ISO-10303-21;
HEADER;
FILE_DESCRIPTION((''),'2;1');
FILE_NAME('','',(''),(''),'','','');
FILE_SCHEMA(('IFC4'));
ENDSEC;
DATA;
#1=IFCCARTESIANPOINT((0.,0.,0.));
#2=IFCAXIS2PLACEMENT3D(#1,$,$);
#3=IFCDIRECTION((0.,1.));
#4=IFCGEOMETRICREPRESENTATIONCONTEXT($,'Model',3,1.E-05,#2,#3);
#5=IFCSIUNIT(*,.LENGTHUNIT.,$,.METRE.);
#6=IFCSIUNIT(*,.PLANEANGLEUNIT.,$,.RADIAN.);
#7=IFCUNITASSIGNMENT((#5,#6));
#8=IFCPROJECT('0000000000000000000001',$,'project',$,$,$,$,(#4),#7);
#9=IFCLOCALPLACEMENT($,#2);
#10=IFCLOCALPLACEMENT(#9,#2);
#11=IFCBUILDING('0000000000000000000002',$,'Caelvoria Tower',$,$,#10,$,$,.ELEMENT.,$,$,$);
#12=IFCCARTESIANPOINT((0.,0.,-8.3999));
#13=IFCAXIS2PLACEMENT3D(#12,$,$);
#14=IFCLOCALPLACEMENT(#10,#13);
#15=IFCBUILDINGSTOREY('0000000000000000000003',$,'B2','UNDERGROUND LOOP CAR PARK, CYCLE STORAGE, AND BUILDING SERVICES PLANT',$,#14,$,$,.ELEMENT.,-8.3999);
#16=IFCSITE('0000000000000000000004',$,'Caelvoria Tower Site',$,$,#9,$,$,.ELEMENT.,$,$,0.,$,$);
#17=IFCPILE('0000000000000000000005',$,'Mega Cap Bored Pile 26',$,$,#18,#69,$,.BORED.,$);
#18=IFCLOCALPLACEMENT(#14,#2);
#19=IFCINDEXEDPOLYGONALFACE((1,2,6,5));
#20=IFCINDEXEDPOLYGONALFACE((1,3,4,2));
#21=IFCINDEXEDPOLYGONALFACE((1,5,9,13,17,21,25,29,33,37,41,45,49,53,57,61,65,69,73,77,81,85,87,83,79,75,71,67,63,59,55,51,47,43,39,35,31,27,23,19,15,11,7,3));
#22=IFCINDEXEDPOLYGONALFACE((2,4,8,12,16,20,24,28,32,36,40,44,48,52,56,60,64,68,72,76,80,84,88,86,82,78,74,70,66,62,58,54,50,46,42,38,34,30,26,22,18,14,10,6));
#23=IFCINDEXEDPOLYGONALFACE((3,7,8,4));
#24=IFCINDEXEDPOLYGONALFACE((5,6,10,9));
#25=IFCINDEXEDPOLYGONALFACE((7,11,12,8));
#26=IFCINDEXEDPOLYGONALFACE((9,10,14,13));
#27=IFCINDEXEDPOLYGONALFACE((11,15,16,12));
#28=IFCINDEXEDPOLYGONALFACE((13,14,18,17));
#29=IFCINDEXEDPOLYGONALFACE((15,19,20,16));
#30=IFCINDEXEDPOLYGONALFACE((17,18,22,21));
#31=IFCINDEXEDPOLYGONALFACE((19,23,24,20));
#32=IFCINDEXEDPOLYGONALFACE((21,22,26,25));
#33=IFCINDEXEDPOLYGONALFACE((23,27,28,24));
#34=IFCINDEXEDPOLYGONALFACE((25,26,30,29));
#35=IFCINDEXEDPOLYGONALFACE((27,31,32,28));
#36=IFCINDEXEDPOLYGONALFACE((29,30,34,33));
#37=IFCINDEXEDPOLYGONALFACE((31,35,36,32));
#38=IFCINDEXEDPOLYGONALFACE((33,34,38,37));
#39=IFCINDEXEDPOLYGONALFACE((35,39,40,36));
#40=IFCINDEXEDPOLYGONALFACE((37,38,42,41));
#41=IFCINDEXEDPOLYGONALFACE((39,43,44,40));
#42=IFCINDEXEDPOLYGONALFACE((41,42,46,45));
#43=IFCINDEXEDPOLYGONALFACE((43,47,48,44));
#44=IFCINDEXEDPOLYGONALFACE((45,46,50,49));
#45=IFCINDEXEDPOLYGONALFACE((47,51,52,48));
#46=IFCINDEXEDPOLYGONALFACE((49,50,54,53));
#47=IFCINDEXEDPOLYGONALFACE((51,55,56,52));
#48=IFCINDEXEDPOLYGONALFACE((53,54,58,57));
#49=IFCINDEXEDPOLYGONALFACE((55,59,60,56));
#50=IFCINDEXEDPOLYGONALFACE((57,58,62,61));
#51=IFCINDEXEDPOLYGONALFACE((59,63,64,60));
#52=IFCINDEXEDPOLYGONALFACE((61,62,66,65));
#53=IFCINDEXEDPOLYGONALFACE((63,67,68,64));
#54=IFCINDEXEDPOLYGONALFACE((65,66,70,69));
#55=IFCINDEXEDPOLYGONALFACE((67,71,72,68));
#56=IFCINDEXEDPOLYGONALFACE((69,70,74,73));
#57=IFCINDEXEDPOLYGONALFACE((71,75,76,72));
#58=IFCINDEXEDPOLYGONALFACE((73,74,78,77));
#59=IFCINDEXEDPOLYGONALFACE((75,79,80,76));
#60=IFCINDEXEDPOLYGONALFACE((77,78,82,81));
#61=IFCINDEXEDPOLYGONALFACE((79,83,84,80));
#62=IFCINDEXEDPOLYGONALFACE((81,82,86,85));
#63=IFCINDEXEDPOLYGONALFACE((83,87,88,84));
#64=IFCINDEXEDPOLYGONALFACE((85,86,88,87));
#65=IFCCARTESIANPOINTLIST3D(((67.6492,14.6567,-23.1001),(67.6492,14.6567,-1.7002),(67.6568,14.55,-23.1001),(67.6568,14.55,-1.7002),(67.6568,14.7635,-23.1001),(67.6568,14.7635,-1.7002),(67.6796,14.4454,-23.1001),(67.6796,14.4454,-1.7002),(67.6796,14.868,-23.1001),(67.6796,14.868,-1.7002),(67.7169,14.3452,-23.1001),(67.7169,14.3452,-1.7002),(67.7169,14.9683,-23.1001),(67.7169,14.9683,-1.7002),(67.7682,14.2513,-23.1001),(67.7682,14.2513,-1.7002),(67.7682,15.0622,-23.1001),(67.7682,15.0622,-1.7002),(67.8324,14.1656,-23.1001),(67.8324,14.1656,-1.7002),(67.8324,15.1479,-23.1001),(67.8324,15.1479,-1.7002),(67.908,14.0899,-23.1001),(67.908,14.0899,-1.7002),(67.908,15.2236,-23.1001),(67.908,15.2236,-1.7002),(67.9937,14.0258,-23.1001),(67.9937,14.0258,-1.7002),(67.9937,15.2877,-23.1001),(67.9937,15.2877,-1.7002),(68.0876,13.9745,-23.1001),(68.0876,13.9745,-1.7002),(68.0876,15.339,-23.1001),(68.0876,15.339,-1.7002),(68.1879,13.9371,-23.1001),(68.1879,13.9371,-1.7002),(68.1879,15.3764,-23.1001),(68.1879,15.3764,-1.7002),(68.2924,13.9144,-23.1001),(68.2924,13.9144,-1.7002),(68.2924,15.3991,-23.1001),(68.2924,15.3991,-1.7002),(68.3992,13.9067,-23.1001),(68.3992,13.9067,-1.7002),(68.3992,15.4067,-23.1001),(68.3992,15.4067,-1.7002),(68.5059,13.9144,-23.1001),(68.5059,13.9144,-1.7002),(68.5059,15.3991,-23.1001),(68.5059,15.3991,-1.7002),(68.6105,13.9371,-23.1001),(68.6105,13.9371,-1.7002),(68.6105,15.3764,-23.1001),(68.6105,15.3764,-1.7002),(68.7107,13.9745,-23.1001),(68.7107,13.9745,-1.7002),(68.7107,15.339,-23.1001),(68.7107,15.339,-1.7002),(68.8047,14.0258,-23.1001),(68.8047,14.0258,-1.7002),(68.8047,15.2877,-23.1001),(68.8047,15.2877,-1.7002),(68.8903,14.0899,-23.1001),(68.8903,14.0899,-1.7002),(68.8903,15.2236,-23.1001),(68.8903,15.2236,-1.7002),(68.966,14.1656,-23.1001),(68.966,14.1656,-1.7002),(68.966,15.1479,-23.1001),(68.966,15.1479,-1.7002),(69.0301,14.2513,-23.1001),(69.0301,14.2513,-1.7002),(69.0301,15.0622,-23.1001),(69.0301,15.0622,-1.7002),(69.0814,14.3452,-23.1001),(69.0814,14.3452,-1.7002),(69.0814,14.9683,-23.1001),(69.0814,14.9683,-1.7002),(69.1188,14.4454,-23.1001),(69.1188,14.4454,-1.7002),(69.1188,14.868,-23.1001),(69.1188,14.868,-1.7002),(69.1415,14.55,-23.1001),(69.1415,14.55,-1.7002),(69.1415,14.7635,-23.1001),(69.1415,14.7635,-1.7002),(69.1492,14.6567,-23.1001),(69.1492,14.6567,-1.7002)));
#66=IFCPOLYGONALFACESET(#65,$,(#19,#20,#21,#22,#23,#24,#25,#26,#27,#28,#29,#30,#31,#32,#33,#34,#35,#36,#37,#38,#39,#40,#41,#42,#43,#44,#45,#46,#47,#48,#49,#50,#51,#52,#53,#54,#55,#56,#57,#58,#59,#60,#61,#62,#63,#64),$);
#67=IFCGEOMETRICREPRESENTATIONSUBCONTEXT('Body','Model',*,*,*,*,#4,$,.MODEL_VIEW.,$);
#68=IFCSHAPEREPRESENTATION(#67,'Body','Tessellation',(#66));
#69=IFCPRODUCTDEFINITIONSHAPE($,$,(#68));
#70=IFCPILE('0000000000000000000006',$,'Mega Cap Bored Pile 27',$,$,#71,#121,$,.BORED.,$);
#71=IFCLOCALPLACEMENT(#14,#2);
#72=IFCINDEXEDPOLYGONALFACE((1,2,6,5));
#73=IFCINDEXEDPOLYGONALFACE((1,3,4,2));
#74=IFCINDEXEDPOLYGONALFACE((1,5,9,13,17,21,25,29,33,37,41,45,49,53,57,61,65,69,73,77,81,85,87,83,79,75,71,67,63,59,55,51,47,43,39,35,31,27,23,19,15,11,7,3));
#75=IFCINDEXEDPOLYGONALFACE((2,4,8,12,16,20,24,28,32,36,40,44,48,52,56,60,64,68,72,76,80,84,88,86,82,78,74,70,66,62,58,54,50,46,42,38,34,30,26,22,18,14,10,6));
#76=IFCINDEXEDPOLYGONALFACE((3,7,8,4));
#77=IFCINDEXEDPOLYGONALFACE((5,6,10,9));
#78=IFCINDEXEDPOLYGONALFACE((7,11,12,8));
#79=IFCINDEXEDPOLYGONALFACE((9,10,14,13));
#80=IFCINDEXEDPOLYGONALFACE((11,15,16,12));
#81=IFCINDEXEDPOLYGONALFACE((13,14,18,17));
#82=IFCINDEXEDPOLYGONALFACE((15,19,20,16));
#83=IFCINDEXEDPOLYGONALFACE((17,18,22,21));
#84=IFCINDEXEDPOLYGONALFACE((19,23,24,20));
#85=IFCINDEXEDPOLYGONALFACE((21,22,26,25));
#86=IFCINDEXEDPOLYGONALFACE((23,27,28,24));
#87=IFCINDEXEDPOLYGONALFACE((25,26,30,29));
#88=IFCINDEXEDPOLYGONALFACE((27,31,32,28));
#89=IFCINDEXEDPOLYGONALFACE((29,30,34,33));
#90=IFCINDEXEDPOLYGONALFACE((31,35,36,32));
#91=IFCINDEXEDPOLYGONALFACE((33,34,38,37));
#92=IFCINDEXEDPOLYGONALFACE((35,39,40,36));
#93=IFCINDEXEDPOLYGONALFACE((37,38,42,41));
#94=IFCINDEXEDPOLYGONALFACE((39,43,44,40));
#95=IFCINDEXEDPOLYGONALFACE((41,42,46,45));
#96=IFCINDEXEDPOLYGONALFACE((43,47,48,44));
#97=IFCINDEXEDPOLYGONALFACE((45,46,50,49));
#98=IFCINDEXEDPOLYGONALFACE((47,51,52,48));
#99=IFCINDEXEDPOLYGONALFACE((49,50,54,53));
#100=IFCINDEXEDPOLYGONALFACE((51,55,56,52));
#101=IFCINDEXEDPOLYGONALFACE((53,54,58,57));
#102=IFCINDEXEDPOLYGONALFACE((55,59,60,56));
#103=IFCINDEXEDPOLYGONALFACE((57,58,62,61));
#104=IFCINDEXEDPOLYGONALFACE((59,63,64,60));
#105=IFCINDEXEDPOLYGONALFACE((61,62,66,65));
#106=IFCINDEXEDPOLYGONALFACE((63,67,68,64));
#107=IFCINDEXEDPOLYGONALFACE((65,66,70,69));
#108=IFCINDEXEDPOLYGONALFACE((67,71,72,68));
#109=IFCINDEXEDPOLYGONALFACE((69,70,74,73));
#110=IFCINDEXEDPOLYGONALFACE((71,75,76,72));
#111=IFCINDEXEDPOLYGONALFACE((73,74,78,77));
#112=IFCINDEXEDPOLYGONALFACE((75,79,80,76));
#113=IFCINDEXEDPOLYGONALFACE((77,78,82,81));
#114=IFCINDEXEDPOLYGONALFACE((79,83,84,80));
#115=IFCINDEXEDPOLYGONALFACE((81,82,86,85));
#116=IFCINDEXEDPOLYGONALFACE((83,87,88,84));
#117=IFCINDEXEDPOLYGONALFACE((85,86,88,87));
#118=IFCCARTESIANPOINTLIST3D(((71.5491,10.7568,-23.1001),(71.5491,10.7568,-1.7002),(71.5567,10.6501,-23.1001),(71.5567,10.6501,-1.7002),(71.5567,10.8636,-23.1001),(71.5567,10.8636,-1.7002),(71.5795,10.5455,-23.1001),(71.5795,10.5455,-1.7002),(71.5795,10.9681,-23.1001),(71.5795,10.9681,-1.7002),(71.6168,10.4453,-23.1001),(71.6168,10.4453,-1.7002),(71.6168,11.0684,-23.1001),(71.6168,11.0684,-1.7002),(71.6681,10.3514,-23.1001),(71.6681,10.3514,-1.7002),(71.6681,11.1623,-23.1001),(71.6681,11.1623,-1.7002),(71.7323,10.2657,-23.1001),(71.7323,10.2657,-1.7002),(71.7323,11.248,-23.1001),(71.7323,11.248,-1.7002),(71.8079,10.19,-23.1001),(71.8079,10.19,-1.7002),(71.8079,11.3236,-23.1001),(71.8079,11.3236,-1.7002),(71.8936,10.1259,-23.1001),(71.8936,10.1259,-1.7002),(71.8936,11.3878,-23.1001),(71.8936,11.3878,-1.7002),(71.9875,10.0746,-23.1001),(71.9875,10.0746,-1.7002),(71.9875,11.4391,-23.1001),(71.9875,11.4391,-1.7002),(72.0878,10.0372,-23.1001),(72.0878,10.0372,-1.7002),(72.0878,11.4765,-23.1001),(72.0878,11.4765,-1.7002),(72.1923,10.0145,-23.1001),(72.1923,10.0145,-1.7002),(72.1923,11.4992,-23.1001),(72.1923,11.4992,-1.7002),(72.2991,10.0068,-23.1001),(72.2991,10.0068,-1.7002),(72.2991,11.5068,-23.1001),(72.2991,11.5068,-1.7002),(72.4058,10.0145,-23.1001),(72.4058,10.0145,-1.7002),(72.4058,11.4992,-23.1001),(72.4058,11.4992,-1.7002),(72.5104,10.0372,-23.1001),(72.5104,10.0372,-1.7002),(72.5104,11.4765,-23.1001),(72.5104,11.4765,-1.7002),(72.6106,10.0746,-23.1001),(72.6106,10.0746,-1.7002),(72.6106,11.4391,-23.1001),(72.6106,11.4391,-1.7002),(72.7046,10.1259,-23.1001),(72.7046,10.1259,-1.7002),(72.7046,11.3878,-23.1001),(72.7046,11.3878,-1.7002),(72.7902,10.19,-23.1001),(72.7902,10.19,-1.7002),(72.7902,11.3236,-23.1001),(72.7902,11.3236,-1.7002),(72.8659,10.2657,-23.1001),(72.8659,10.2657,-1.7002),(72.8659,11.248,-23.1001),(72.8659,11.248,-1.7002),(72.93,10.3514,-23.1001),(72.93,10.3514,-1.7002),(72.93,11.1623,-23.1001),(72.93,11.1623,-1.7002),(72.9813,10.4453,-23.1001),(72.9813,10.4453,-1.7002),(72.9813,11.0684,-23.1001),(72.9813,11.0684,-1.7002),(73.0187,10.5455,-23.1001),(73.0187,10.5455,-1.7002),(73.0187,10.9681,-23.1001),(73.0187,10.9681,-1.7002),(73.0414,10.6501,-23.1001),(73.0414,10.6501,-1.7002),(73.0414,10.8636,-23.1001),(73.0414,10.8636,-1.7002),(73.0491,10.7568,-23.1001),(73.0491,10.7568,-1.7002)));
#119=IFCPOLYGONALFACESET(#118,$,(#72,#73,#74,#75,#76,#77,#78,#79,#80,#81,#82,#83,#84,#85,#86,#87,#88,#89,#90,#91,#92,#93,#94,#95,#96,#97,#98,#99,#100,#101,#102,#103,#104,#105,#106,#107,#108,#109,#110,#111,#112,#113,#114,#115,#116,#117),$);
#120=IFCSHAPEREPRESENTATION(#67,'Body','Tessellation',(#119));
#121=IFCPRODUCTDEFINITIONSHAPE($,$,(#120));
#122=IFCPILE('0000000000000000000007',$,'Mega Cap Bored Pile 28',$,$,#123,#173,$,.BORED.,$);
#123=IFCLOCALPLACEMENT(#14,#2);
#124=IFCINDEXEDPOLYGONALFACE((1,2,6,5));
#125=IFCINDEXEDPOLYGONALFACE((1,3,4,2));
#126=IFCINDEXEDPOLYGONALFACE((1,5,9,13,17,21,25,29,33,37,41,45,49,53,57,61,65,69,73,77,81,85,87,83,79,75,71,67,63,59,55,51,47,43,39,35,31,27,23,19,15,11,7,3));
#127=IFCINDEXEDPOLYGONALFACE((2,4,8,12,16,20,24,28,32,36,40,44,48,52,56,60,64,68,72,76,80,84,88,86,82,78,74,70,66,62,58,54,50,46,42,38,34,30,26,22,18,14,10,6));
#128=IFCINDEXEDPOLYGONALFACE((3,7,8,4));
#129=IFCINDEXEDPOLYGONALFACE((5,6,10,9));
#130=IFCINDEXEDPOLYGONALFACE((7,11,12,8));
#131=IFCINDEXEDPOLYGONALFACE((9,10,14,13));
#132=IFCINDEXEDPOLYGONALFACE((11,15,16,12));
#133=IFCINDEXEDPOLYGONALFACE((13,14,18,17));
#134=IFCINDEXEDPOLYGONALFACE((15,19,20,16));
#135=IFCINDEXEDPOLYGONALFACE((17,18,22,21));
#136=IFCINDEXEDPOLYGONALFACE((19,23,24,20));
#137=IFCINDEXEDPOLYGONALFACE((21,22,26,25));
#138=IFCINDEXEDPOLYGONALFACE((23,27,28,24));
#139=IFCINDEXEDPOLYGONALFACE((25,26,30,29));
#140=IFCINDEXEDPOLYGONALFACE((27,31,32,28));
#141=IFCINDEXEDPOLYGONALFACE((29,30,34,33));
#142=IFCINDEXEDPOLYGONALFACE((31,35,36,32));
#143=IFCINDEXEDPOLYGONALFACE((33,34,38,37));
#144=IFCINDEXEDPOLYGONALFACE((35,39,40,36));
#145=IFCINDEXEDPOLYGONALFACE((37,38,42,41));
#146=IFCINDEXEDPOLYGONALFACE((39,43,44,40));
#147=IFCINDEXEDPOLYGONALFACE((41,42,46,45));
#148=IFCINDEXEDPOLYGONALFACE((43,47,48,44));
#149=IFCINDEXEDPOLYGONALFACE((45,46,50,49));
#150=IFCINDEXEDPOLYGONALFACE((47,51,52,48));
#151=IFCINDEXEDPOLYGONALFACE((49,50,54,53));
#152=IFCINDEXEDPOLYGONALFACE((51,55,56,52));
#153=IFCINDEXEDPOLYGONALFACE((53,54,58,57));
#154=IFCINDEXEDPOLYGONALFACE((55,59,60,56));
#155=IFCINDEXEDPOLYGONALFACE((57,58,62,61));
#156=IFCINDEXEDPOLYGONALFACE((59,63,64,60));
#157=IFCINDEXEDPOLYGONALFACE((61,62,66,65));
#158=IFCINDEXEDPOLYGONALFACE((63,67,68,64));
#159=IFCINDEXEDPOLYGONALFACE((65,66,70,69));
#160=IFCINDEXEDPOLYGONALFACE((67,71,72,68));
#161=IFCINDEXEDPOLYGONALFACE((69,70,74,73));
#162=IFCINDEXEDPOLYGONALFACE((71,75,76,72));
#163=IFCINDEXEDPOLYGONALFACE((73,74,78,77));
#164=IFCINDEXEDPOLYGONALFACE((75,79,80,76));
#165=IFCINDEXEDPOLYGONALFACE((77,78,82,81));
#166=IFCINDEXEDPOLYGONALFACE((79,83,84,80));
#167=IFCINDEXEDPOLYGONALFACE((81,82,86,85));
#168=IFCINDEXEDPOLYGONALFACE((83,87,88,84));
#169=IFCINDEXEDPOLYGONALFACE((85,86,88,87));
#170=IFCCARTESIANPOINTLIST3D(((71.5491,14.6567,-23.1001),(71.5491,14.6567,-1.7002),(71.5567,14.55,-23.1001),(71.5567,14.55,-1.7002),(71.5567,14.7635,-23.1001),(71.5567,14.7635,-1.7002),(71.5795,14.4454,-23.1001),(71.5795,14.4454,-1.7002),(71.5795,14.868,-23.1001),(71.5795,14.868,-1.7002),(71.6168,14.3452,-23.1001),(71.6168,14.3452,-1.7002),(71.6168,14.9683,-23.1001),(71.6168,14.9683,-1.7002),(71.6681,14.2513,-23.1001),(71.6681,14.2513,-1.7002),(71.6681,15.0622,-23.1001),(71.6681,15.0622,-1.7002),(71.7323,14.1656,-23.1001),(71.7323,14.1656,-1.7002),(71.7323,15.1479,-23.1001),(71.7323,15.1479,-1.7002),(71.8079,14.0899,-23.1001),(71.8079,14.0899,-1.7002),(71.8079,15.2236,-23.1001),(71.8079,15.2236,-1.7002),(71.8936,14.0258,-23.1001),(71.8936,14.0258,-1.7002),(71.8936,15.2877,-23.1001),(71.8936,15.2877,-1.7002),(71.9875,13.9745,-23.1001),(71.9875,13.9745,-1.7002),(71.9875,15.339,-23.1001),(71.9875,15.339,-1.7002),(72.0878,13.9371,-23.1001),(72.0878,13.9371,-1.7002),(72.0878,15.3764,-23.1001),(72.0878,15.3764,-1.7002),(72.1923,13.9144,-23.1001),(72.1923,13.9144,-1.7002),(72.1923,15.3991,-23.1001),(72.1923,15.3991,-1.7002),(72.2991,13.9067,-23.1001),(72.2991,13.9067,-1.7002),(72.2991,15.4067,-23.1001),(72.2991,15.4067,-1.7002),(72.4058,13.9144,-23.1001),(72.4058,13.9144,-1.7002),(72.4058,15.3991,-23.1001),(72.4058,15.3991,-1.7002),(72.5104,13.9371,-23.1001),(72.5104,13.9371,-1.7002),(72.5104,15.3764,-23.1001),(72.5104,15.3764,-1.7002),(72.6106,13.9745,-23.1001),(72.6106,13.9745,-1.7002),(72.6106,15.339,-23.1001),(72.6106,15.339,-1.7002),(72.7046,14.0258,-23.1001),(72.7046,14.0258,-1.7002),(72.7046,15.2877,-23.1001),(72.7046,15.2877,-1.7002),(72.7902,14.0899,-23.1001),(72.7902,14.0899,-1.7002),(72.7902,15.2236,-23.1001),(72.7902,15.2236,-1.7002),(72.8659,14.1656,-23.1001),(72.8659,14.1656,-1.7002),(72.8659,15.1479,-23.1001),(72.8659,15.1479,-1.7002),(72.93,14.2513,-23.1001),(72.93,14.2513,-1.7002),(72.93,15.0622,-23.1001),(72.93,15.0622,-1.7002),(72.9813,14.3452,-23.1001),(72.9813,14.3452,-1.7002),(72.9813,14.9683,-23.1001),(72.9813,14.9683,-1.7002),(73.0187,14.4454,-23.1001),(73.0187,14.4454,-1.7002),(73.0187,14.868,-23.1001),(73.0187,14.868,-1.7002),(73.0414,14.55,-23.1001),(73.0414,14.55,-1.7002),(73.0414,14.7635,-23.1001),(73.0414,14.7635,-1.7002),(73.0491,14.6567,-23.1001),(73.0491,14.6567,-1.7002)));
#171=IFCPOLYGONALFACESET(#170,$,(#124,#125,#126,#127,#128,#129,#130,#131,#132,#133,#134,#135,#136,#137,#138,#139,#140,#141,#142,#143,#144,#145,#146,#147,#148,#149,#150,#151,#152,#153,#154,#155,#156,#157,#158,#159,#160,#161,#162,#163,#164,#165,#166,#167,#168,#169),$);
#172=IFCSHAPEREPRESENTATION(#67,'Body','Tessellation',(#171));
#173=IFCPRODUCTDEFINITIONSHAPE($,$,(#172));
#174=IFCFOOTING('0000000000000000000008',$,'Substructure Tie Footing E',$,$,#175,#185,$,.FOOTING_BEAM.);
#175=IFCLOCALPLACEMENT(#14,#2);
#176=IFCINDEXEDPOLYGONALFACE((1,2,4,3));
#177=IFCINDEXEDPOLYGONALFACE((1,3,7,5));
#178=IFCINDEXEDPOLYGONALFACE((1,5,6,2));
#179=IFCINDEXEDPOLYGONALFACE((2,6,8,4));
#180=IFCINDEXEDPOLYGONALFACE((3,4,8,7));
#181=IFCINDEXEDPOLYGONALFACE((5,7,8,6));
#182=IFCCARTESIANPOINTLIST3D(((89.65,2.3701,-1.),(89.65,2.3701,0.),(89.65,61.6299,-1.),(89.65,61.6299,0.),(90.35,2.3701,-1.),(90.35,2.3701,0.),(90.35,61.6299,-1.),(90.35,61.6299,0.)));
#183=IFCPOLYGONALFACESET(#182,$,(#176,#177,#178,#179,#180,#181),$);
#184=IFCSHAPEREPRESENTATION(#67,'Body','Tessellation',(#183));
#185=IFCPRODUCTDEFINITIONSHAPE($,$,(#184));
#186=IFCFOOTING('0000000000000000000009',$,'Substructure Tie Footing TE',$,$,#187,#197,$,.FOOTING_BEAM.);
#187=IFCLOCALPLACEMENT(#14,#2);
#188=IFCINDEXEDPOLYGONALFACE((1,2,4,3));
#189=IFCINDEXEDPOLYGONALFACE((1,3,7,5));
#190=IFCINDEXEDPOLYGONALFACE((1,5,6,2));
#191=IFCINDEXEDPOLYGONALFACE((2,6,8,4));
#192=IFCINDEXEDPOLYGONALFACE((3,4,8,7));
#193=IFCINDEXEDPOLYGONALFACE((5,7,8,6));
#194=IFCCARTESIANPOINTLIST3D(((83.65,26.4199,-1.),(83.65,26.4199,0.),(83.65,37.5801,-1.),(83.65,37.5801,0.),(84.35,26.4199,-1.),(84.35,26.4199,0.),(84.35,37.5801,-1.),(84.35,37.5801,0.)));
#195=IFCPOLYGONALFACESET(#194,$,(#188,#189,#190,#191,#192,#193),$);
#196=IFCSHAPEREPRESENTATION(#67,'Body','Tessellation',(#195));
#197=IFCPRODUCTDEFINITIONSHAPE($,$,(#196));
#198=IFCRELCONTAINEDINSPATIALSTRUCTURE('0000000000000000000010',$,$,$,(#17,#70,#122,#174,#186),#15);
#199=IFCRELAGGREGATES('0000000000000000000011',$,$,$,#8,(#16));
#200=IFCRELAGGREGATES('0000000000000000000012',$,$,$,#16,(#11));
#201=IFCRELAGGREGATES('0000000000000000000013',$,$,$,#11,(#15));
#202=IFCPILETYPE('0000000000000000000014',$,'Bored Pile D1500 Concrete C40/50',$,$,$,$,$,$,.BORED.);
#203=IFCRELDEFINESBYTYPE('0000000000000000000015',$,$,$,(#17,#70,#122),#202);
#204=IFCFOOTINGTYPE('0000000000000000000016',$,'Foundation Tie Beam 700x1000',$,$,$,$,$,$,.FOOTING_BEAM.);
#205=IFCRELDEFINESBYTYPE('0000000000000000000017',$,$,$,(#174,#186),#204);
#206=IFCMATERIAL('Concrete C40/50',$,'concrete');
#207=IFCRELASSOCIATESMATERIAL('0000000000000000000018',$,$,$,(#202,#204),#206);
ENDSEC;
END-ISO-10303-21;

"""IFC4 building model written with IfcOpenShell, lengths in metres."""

from ifc_helpers import new_model, si_unit, direction, frame, origin, origin_2d, place, context, subcontext, project, spatial, rectangle, circle, extrude, material, material_profile, profile_set, type_object, element, save


model = new_model("IFC4")

# Units and contexts
model_context = context("Model", 3, precision=1e-05, world=origin(), true_north=direction((0.0, 1.0)))
body_context = subcontext(model_context, "Body", "Model", "MODEL_VIEW")
ifc_project = project(units=[si_unit("LENGTHUNIT", "METRE"), si_unit("PLANEANGLEUNIT", "RADIAN")], contexts=[model_context])

# Site, building, storey
site_placement = place(None, origin())
site = spatial("IfcSite", under=ifc_project, at=site_placement, Name="Caelvoria Tower Site", CompositionType="ELEMENT", RefElevation=0.0)
building_placement = place(site_placement, origin())
building = spatial("IfcBuilding", under=site, at=building_placement, Name="Caelvoria Tower", CompositionType="ELEMENT")
storey_placement = place(building_placement, frame((0.0, 0.0, -8.3999)))
storey = spatial("IfcBuildingStorey", under=building, at=storey_placement, Name="B2", Description="UNDERGROUND LOOP CAR PARK, CYCLE STORAGE, AND BUILDING SERVICES PLANT", CompositionType="ELEMENT", Elevation=-8.3999)

# Piles
ifc_material_1 = material(Name="Concrete C40/50", Category="concrete")
ifc_material_profile_1 = material_profile(ifc_material_1, circle(Radius=0.75, at=origin_2d()), Name="Concrete C40/50")
ifc_profile_set_1 = profile_set([ifc_material_profile_1], Name="PILE_D1500 - Concrete C40/50")
pile_type_1 = type_object("IfcPileType", Name="Bored Pile D1500 Concrete C40/50", PredefinedType="BORED", material=ifc_profile_set_1)
for number, where, z_axis, x_axis, name in (
    (1, (68.3992, 14.6567, -1.7002), (0.0, 0.0, -1.0), (1.0, 0.0, 0.0), "Mega Cap Bored Pile 26"),
    (2, (72.2991, 10.7568, -1.7002), (0.0, 0.0, -1.0), (1.0, 0.0, 0.0), "Mega Cap Bored Pile 27"),
    (3, (72.2991, 14.6567, -1.7002), (0.0, 0.0, -1.0), (1.0, 0.0, 0.0), "Mega Cap Bored Pile 28"),
):
    element("IfcPile", number, at=place(storey_placement, frame(where, z_axis=z_axis, x_axis=x_axis)), inside=storey, type_object=pile_type_1, Name=name, PredefinedType="BORED", context=body_context, shape_type="SweptSolid", body=[
        extrude(circle(Radius=0.75, at=origin_2d()), origin(), (0.0, 0.0, 1.0), 21.3999),
    ])

# Footings
ifc_material_profile_2 = material_profile(ifc_material_1, rectangle(XDim=0.7, YDim=1.0, at=origin_2d()), Name="Concrete C40/50")
ifc_profile_set_2 = profile_set([ifc_material_profile_2], Name="RC_GB_700X1000 - Concrete C40/50")
footing_type = type_object("IfcFootingType", Name="Foundation Tie Beam 700x1000", PredefinedType="FOOTING_BEAM", material=ifc_profile_set_2)
footing_1_placement = place(storey_placement, frame((90.0, 2.3701, -0.5), z_axis=(0.0, 1.0, 0.0), x_axis=(-1.0, 0.0, 0.0)))
element("IfcFooting", 4, at=footing_1_placement, inside=storey, type_object=footing_type, Name="Substructure Tie Footing E", PredefinedType="FOOTING_BEAM", context=body_context, shape_type="SweptSolid", body=[
    extrude(rectangle(XDim=0.7, YDim=1.0, at=origin_2d()), origin(), (0.0, 0.0, 1.0), 59.2598),
])
footing_2_placement = place(storey_placement, frame((84.0, 26.4199, -0.5), z_axis=(0.0, 1.0, 0.0), x_axis=(-1.0, 0.0, 0.0)))
element("IfcFooting", 5, at=footing_2_placement, inside=storey, type_object=footing_type, Name="Substructure Tie Footing TE", PredefinedType="FOOTING_BEAM", context=body_context, shape_type="SweptSolid", body=[
    extrude(rectangle(XDim=0.7, YDim=1.0, at=origin_2d()), origin(), (0.0, 0.0, 1.0), 11.1602),
])

save(model, "model.ifc")
